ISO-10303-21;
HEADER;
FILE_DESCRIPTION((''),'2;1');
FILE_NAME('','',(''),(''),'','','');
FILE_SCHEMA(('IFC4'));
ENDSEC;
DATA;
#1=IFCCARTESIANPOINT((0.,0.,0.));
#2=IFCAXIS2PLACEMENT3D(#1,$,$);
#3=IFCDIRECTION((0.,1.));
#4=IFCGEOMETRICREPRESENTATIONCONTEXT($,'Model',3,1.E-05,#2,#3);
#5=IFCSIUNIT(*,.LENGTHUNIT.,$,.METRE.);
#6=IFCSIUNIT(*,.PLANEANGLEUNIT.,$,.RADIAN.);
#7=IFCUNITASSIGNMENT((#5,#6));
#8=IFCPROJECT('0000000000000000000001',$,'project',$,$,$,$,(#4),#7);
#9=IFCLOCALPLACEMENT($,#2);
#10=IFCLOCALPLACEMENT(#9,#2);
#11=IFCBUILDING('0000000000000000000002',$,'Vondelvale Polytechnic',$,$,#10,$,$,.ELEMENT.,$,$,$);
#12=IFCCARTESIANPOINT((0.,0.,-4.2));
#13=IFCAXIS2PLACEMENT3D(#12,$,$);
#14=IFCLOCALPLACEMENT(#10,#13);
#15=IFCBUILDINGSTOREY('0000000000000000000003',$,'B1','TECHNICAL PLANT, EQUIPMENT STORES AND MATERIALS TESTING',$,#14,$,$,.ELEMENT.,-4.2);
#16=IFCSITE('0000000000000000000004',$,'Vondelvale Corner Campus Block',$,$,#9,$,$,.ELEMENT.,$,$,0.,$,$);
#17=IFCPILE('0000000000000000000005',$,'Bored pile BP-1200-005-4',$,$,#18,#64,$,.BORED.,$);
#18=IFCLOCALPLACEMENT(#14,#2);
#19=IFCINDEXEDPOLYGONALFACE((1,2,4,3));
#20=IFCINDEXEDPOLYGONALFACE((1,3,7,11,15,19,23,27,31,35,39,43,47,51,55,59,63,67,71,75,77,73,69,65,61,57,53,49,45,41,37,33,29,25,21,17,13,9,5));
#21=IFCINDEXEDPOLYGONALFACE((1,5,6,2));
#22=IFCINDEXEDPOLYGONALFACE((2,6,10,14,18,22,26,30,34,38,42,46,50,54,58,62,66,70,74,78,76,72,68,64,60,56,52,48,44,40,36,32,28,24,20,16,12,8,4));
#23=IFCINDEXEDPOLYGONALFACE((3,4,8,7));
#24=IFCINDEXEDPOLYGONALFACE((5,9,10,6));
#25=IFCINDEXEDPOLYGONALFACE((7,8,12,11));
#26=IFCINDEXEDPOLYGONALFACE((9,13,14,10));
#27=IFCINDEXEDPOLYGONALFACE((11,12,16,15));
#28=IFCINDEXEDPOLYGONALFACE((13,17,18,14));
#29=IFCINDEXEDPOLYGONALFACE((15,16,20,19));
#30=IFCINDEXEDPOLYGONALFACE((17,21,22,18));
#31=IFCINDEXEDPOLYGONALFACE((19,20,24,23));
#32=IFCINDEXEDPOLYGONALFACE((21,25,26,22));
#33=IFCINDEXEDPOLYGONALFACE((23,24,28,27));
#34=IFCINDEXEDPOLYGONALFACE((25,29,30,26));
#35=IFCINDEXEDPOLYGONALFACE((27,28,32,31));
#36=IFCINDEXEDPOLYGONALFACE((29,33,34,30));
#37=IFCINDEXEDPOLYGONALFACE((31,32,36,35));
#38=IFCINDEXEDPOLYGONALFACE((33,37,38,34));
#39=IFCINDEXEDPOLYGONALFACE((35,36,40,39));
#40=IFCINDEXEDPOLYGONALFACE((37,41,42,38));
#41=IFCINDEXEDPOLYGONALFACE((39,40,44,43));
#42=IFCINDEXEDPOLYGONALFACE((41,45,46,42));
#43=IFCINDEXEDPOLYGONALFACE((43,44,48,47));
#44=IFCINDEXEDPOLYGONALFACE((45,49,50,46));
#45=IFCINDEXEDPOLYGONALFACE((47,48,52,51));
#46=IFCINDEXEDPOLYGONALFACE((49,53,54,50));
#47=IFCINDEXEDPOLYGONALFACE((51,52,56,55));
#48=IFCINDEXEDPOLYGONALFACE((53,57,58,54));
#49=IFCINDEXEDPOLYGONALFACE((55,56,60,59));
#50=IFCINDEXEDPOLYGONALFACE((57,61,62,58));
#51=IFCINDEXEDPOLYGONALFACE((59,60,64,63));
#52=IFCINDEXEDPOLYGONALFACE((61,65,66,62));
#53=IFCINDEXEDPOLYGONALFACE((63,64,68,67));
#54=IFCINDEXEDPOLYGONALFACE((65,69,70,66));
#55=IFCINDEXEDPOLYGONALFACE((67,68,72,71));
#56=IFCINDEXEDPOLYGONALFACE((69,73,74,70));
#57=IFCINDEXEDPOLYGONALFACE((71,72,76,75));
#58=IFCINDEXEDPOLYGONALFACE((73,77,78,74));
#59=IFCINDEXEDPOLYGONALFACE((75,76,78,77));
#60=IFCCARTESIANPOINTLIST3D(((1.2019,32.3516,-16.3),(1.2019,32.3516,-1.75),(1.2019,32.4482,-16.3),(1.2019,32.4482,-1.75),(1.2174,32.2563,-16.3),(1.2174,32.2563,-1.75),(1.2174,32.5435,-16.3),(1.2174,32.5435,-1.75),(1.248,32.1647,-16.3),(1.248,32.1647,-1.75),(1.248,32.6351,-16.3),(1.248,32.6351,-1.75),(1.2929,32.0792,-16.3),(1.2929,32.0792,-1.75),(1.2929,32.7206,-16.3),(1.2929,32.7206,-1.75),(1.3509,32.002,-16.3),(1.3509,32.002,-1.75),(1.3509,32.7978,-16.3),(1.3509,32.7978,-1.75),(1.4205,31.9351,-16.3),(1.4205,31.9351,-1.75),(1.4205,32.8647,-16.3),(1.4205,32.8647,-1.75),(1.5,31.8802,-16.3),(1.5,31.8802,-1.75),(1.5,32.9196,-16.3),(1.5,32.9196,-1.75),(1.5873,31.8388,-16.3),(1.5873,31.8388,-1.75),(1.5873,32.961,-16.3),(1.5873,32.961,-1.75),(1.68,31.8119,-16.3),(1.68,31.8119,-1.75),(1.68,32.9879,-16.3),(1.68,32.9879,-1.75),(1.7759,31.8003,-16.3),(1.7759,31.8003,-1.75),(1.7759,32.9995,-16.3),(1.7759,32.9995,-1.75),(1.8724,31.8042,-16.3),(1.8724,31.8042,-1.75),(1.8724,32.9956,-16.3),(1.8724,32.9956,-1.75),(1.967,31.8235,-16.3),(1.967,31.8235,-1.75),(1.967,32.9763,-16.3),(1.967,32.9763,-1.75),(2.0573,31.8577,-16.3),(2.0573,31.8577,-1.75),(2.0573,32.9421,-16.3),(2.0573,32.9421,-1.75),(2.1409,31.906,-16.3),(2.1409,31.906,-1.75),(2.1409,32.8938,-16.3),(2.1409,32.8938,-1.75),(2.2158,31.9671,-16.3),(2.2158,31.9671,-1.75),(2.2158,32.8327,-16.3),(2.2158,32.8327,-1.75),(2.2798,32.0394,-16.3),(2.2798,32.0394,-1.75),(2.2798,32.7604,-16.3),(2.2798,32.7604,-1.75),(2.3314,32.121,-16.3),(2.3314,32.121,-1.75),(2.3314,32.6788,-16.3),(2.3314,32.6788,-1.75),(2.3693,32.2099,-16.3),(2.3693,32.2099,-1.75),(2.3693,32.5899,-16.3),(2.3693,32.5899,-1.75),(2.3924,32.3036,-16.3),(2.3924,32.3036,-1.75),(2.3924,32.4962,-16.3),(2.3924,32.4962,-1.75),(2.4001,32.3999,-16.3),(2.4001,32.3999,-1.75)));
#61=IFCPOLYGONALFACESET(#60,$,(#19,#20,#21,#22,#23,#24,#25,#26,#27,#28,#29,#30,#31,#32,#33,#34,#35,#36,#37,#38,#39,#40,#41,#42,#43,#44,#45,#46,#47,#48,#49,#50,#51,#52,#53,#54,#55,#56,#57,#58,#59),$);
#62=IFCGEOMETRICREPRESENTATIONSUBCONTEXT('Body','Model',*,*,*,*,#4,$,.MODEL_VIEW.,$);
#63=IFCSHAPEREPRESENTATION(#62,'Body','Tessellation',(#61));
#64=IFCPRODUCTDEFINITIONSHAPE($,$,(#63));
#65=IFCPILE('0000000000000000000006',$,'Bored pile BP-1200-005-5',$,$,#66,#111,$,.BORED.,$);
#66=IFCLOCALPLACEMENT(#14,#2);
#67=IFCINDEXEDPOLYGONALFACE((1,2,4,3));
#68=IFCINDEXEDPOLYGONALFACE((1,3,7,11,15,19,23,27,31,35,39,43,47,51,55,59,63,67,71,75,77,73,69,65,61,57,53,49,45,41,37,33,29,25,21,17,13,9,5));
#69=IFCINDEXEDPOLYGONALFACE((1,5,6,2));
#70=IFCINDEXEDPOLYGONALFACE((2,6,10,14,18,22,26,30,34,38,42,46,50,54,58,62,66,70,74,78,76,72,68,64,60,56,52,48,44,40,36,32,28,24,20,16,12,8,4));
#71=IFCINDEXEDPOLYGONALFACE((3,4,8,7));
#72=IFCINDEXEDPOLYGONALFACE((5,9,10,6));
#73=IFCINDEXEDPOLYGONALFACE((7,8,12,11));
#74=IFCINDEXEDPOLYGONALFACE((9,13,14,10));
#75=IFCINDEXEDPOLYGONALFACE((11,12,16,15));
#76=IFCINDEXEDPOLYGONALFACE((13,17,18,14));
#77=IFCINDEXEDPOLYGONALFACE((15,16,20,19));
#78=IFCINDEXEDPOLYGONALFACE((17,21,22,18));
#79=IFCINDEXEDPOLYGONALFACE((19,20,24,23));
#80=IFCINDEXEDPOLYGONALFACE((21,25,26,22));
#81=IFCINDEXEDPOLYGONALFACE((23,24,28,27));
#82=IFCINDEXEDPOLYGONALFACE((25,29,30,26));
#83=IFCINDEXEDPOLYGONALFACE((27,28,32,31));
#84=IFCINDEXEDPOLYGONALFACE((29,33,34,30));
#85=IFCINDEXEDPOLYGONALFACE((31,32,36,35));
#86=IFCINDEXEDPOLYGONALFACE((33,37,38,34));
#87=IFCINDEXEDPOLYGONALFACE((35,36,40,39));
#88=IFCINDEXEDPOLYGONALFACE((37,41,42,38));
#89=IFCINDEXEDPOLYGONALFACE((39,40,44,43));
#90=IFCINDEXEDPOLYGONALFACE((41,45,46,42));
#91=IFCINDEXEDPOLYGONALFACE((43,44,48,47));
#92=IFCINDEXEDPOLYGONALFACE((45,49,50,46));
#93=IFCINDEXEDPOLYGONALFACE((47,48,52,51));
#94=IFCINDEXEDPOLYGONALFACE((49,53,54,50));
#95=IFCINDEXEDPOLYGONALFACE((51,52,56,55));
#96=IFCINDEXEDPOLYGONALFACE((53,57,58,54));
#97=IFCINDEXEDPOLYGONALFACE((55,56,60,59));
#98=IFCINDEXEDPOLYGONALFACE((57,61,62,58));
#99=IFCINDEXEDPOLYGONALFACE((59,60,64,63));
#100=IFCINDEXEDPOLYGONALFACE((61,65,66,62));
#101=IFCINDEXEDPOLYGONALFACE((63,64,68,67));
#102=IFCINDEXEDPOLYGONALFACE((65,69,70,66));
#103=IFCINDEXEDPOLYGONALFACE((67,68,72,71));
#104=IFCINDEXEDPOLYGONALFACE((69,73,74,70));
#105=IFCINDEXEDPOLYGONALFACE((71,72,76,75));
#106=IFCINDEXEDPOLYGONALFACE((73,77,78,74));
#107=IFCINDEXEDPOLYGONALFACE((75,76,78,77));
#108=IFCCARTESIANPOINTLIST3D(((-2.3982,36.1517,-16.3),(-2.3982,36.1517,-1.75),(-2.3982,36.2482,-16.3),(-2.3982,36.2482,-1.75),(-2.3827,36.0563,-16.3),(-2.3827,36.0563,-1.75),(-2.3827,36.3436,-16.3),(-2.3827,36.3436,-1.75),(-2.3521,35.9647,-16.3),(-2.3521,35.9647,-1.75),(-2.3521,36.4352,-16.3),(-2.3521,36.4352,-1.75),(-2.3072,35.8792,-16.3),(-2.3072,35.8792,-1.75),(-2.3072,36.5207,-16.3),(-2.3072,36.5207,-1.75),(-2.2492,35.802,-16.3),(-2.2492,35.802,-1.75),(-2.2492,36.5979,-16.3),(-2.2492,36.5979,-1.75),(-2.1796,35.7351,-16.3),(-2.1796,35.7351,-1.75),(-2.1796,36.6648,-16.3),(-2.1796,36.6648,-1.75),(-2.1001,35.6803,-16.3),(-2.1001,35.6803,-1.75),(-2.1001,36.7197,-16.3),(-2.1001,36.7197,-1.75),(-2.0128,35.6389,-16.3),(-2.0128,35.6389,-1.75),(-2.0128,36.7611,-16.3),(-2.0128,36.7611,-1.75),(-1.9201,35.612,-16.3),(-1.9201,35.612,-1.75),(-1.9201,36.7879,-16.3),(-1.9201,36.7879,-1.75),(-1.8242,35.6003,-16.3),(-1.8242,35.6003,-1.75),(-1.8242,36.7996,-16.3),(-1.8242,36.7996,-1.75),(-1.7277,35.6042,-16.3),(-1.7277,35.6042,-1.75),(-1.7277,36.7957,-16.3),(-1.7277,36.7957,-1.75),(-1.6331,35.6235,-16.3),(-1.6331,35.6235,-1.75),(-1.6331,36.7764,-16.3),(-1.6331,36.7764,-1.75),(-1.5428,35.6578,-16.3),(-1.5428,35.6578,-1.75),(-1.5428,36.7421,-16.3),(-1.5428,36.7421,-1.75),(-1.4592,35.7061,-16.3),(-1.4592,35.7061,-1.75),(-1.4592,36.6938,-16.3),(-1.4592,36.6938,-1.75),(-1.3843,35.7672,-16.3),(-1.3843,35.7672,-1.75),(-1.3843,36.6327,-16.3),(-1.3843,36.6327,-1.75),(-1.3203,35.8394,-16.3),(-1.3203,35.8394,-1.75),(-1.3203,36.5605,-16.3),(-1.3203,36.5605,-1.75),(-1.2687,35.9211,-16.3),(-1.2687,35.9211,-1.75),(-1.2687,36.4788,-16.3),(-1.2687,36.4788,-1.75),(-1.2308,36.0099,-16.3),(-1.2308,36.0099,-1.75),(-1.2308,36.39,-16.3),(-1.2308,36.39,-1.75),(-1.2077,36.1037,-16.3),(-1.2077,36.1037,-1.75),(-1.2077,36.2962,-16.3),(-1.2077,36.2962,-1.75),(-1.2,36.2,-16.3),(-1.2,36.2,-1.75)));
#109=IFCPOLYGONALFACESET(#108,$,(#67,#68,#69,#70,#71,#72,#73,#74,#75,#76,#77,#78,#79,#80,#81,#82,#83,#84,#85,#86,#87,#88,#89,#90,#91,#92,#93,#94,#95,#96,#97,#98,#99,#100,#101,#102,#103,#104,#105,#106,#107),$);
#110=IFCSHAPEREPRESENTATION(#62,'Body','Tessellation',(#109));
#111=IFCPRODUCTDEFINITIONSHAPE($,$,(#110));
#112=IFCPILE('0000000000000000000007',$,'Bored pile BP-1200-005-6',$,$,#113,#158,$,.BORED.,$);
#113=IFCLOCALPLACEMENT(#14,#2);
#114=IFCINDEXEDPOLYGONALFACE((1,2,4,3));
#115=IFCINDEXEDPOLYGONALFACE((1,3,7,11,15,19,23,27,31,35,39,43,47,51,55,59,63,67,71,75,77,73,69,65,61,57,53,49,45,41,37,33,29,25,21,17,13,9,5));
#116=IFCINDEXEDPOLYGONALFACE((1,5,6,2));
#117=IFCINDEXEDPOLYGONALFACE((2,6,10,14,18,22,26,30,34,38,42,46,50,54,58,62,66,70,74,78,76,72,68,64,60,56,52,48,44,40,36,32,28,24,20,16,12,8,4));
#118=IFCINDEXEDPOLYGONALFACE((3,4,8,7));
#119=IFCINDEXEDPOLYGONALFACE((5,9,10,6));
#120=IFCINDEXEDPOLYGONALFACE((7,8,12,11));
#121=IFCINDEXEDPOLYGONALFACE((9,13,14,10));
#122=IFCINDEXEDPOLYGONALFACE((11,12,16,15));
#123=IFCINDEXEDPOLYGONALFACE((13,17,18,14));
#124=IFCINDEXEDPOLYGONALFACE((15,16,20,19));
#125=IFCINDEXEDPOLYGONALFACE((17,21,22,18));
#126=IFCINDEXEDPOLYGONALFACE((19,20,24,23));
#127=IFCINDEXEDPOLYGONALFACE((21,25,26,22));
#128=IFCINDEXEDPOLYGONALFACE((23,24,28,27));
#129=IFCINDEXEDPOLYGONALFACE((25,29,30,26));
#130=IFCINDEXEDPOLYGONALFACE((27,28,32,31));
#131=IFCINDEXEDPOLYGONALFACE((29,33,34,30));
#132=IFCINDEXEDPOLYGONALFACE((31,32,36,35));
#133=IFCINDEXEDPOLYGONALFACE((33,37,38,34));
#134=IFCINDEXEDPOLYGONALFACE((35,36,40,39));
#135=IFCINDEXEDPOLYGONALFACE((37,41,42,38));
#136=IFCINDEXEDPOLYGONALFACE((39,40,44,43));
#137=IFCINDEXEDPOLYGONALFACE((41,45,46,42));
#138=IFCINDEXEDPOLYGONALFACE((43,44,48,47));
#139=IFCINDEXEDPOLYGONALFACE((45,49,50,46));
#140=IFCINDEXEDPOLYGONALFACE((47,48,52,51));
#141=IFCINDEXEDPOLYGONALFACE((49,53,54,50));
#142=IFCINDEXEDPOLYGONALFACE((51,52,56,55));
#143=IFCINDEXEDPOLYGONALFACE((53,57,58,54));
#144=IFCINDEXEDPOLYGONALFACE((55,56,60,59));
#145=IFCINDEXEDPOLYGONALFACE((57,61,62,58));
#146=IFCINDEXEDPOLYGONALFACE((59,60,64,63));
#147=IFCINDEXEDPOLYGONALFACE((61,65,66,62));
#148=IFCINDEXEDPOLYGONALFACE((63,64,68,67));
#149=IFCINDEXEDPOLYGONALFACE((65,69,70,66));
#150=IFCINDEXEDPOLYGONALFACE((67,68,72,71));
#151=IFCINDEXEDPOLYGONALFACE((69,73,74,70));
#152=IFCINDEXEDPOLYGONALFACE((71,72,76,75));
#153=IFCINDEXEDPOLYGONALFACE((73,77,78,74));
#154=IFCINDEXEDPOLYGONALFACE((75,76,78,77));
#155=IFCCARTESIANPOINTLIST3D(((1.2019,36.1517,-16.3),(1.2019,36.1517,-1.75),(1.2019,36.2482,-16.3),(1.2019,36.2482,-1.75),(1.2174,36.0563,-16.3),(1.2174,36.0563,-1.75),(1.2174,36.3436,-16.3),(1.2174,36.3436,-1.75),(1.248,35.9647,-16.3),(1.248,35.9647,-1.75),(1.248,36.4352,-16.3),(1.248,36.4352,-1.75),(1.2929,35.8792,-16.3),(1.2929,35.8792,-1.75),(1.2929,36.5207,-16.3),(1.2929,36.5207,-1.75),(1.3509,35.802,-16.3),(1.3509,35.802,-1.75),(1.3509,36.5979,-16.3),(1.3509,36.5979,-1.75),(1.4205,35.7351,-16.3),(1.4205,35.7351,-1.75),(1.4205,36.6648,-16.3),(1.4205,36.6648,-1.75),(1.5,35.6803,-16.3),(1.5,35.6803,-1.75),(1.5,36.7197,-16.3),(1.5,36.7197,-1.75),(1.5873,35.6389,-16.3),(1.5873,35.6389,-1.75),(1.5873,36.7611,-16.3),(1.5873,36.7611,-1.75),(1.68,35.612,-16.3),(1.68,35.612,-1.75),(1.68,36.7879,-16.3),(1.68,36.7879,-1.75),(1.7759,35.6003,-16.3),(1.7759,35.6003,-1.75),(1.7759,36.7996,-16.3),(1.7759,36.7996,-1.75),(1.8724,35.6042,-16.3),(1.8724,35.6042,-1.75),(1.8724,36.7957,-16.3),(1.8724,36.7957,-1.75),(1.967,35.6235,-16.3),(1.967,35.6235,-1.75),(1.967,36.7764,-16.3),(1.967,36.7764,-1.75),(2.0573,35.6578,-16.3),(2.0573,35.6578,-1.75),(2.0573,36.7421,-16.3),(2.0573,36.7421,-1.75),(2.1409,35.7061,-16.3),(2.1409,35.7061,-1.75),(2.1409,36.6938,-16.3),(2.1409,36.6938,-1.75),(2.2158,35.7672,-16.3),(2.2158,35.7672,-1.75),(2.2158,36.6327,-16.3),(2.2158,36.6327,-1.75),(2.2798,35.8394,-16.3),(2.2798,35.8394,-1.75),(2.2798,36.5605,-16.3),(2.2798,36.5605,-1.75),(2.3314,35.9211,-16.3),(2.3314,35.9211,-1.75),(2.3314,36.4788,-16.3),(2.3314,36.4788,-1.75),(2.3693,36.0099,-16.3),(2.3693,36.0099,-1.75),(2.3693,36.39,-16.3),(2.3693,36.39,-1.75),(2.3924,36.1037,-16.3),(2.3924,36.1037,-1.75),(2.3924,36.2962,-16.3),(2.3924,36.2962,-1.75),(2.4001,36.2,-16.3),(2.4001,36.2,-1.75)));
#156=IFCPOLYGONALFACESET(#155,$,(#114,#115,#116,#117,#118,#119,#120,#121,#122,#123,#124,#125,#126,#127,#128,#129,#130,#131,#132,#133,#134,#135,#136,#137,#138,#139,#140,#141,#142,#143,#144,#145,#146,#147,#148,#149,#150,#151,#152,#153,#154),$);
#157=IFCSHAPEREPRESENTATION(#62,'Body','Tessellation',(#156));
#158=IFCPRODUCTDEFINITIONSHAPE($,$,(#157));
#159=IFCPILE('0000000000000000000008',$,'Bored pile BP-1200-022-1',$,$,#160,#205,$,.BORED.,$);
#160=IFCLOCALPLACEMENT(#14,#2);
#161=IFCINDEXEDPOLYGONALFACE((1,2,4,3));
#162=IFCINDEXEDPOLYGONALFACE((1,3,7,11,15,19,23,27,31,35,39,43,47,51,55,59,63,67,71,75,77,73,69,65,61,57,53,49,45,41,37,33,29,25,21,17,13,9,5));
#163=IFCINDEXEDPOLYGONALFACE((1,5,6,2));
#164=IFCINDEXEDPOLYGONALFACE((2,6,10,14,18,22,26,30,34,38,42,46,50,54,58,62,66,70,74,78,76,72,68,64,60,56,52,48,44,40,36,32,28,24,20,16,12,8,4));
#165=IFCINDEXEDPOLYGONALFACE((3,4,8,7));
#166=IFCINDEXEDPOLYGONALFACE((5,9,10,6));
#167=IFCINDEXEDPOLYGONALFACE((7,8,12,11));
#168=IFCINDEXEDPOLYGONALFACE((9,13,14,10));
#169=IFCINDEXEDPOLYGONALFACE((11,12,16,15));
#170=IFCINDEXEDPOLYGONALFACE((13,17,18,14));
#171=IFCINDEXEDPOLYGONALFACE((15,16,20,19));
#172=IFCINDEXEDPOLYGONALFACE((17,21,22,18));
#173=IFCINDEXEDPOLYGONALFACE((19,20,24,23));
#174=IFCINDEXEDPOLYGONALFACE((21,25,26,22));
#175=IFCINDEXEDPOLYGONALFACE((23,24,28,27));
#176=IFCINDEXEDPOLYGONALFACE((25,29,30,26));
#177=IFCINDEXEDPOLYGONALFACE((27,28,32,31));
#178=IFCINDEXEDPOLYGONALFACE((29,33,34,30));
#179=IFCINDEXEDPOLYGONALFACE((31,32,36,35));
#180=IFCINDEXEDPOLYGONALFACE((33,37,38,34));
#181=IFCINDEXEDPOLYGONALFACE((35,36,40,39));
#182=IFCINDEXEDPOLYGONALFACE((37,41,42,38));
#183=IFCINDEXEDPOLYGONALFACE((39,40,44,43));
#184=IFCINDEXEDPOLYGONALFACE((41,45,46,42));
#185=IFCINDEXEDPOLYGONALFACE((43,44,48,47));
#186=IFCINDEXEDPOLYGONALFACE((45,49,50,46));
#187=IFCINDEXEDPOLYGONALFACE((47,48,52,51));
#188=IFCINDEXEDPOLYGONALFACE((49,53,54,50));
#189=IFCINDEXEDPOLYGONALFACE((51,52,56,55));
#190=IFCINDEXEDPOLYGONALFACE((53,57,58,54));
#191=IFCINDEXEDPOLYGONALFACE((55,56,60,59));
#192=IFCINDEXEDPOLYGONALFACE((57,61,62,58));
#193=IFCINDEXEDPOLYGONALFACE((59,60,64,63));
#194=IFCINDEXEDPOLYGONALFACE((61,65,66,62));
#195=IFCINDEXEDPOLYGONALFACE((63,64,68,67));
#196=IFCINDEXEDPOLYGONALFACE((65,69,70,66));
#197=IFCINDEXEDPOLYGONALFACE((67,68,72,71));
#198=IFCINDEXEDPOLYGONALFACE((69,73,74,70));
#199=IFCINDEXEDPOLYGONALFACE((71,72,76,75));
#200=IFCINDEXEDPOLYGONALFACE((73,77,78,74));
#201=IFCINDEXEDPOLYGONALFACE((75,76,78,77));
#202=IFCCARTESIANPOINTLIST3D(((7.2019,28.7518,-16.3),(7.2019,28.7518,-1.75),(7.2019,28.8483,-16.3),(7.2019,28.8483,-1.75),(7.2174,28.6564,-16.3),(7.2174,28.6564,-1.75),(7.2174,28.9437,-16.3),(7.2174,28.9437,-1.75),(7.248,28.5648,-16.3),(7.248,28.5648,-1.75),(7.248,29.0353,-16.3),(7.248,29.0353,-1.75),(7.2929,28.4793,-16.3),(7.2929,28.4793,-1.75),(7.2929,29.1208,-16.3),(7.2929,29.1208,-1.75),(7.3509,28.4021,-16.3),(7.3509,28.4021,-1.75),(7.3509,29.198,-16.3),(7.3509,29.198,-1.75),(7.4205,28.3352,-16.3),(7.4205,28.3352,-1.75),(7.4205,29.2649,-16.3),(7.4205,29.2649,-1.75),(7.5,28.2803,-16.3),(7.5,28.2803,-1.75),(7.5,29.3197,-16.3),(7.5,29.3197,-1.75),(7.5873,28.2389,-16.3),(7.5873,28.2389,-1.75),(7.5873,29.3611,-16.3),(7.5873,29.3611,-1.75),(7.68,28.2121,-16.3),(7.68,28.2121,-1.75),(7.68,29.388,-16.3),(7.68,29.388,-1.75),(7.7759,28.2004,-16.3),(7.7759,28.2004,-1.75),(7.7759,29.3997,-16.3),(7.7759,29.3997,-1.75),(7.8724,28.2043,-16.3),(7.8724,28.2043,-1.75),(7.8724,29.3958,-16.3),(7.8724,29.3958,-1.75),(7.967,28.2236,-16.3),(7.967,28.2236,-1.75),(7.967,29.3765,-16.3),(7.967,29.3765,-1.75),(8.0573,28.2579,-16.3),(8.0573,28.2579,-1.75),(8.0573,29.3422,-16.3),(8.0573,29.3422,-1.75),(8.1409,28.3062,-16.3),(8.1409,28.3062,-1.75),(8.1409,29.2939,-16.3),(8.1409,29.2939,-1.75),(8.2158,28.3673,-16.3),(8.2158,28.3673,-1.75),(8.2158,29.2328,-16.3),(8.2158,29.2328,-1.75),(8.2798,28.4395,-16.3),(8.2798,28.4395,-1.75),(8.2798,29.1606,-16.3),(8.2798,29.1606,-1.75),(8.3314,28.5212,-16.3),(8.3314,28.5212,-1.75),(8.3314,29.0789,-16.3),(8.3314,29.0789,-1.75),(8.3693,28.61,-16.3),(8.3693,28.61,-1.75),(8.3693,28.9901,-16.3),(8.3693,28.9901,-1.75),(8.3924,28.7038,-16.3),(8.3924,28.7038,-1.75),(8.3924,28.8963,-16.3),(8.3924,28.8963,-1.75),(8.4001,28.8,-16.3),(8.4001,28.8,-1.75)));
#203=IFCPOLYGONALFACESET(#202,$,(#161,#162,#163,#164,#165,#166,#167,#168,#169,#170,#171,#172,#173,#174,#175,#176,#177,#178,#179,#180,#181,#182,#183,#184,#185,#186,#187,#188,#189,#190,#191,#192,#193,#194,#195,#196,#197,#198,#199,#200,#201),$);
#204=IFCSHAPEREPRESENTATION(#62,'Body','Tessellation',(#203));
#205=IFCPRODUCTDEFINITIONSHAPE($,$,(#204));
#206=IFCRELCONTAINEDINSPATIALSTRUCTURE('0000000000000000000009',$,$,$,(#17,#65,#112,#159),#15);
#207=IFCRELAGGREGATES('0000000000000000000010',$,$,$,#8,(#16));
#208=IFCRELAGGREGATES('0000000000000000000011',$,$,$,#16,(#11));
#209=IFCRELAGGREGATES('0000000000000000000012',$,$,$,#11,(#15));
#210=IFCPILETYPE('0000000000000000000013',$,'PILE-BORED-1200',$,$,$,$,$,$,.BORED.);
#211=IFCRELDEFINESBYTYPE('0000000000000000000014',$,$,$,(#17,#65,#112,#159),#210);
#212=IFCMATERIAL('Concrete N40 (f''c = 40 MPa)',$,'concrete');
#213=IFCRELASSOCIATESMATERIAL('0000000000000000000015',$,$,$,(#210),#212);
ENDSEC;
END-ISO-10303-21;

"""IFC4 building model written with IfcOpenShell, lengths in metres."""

from ifc_helpers import new_model, si_unit, direction, frame, origin, origin_2d, place, context, subcontext, project, spatial, circle, extrude, material, material_profile, profile_set, type_object, element, save


model = new_model("IFC4")

# Units and contexts
model_context = context("Model", 3, precision=1e-05, world=origin(), true_north=direction((0.0, 1.0)))
body_context = subcontext(model_context, "Body", "Model", "MODEL_VIEW")
ifc_project = project(units=[si_unit("LENGTHUNIT", "METRE"), si_unit("PLANEANGLEUNIT", "RADIAN")], contexts=[model_context])

# Site, building, storey
site_placement = place(None, origin())
site = spatial("IfcSite", under=ifc_project, at=site_placement, Name="Vondelvale Corner Campus Block", CompositionType="ELEMENT", RefElevation=0.0)
building_placement = place(site_placement, origin())
building = spatial("IfcBuilding", under=site, at=building_placement, Name="Vondelvale Polytechnic", CompositionType="ELEMENT")
storey_placement = place(building_placement, frame((0.0, 0.0, -4.2)))
storey = spatial("IfcBuildingStorey", under=building, at=storey_placement, Name="B1", Description="TECHNICAL PLANT, EQUIPMENT STORES AND MATERIALS TESTING", CompositionType="ELEMENT", Elevation=-4.2)

# Shared definitions
ifc_material_1 = material(Name="Concrete N40 (f'c = 40 MPa)", Category="concrete")

# Piles
ifc_material_profile_1 = material_profile(ifc_material_1, circle(Radius=0.6001, at=origin_2d()), Name="PILE-D1200")
ifc_profile_set_1 = profile_set([ifc_material_profile_1], Name="Concrete N40 (f'c = 40 MPa)")
pile_type_1 = type_object("IfcPileType", Name="PILE-BORED-1200", PredefinedType="BORED", material=ifc_profile_set_1)
for number, where, z_axis, x_axis, name in (
    (1, (1.8, 32.3999, -1.75), (0.0, 0.0, -1.0), (1.0, 0.0, 0.0), "Bored pile BP-1200-005-4"),
    (2, (-1.8, 36.2, -1.75), (0.0, 0.0, -1.0), (1.0, 0.0, 0.0), "Bored pile BP-1200-005-5"),
    (3, (1.8, 36.2, -1.75), (0.0, 0.0, -1.0), (1.0, 0.0, 0.0), "Bored pile BP-1200-005-6"),
    (4, (7.8, 28.8, -1.75), (0.0, 0.0, -1.0), (1.0, 0.0, 0.0), "Bored pile BP-1200-022-1"),
):
    element("IfcPile", number, at=place(storey_placement, frame(where, z_axis=z_axis, x_axis=x_axis)), inside=storey, type_object=pile_type_1, Name=name, PredefinedType="BORED", context=body_context, shape_type="SweptSolid", body=[
        extrude(circle(Radius=0.6001, at=origin_2d()), origin(), (0.0, 0.0, 1.0), 14.55),
    ])

save(model, "model.ifc")
